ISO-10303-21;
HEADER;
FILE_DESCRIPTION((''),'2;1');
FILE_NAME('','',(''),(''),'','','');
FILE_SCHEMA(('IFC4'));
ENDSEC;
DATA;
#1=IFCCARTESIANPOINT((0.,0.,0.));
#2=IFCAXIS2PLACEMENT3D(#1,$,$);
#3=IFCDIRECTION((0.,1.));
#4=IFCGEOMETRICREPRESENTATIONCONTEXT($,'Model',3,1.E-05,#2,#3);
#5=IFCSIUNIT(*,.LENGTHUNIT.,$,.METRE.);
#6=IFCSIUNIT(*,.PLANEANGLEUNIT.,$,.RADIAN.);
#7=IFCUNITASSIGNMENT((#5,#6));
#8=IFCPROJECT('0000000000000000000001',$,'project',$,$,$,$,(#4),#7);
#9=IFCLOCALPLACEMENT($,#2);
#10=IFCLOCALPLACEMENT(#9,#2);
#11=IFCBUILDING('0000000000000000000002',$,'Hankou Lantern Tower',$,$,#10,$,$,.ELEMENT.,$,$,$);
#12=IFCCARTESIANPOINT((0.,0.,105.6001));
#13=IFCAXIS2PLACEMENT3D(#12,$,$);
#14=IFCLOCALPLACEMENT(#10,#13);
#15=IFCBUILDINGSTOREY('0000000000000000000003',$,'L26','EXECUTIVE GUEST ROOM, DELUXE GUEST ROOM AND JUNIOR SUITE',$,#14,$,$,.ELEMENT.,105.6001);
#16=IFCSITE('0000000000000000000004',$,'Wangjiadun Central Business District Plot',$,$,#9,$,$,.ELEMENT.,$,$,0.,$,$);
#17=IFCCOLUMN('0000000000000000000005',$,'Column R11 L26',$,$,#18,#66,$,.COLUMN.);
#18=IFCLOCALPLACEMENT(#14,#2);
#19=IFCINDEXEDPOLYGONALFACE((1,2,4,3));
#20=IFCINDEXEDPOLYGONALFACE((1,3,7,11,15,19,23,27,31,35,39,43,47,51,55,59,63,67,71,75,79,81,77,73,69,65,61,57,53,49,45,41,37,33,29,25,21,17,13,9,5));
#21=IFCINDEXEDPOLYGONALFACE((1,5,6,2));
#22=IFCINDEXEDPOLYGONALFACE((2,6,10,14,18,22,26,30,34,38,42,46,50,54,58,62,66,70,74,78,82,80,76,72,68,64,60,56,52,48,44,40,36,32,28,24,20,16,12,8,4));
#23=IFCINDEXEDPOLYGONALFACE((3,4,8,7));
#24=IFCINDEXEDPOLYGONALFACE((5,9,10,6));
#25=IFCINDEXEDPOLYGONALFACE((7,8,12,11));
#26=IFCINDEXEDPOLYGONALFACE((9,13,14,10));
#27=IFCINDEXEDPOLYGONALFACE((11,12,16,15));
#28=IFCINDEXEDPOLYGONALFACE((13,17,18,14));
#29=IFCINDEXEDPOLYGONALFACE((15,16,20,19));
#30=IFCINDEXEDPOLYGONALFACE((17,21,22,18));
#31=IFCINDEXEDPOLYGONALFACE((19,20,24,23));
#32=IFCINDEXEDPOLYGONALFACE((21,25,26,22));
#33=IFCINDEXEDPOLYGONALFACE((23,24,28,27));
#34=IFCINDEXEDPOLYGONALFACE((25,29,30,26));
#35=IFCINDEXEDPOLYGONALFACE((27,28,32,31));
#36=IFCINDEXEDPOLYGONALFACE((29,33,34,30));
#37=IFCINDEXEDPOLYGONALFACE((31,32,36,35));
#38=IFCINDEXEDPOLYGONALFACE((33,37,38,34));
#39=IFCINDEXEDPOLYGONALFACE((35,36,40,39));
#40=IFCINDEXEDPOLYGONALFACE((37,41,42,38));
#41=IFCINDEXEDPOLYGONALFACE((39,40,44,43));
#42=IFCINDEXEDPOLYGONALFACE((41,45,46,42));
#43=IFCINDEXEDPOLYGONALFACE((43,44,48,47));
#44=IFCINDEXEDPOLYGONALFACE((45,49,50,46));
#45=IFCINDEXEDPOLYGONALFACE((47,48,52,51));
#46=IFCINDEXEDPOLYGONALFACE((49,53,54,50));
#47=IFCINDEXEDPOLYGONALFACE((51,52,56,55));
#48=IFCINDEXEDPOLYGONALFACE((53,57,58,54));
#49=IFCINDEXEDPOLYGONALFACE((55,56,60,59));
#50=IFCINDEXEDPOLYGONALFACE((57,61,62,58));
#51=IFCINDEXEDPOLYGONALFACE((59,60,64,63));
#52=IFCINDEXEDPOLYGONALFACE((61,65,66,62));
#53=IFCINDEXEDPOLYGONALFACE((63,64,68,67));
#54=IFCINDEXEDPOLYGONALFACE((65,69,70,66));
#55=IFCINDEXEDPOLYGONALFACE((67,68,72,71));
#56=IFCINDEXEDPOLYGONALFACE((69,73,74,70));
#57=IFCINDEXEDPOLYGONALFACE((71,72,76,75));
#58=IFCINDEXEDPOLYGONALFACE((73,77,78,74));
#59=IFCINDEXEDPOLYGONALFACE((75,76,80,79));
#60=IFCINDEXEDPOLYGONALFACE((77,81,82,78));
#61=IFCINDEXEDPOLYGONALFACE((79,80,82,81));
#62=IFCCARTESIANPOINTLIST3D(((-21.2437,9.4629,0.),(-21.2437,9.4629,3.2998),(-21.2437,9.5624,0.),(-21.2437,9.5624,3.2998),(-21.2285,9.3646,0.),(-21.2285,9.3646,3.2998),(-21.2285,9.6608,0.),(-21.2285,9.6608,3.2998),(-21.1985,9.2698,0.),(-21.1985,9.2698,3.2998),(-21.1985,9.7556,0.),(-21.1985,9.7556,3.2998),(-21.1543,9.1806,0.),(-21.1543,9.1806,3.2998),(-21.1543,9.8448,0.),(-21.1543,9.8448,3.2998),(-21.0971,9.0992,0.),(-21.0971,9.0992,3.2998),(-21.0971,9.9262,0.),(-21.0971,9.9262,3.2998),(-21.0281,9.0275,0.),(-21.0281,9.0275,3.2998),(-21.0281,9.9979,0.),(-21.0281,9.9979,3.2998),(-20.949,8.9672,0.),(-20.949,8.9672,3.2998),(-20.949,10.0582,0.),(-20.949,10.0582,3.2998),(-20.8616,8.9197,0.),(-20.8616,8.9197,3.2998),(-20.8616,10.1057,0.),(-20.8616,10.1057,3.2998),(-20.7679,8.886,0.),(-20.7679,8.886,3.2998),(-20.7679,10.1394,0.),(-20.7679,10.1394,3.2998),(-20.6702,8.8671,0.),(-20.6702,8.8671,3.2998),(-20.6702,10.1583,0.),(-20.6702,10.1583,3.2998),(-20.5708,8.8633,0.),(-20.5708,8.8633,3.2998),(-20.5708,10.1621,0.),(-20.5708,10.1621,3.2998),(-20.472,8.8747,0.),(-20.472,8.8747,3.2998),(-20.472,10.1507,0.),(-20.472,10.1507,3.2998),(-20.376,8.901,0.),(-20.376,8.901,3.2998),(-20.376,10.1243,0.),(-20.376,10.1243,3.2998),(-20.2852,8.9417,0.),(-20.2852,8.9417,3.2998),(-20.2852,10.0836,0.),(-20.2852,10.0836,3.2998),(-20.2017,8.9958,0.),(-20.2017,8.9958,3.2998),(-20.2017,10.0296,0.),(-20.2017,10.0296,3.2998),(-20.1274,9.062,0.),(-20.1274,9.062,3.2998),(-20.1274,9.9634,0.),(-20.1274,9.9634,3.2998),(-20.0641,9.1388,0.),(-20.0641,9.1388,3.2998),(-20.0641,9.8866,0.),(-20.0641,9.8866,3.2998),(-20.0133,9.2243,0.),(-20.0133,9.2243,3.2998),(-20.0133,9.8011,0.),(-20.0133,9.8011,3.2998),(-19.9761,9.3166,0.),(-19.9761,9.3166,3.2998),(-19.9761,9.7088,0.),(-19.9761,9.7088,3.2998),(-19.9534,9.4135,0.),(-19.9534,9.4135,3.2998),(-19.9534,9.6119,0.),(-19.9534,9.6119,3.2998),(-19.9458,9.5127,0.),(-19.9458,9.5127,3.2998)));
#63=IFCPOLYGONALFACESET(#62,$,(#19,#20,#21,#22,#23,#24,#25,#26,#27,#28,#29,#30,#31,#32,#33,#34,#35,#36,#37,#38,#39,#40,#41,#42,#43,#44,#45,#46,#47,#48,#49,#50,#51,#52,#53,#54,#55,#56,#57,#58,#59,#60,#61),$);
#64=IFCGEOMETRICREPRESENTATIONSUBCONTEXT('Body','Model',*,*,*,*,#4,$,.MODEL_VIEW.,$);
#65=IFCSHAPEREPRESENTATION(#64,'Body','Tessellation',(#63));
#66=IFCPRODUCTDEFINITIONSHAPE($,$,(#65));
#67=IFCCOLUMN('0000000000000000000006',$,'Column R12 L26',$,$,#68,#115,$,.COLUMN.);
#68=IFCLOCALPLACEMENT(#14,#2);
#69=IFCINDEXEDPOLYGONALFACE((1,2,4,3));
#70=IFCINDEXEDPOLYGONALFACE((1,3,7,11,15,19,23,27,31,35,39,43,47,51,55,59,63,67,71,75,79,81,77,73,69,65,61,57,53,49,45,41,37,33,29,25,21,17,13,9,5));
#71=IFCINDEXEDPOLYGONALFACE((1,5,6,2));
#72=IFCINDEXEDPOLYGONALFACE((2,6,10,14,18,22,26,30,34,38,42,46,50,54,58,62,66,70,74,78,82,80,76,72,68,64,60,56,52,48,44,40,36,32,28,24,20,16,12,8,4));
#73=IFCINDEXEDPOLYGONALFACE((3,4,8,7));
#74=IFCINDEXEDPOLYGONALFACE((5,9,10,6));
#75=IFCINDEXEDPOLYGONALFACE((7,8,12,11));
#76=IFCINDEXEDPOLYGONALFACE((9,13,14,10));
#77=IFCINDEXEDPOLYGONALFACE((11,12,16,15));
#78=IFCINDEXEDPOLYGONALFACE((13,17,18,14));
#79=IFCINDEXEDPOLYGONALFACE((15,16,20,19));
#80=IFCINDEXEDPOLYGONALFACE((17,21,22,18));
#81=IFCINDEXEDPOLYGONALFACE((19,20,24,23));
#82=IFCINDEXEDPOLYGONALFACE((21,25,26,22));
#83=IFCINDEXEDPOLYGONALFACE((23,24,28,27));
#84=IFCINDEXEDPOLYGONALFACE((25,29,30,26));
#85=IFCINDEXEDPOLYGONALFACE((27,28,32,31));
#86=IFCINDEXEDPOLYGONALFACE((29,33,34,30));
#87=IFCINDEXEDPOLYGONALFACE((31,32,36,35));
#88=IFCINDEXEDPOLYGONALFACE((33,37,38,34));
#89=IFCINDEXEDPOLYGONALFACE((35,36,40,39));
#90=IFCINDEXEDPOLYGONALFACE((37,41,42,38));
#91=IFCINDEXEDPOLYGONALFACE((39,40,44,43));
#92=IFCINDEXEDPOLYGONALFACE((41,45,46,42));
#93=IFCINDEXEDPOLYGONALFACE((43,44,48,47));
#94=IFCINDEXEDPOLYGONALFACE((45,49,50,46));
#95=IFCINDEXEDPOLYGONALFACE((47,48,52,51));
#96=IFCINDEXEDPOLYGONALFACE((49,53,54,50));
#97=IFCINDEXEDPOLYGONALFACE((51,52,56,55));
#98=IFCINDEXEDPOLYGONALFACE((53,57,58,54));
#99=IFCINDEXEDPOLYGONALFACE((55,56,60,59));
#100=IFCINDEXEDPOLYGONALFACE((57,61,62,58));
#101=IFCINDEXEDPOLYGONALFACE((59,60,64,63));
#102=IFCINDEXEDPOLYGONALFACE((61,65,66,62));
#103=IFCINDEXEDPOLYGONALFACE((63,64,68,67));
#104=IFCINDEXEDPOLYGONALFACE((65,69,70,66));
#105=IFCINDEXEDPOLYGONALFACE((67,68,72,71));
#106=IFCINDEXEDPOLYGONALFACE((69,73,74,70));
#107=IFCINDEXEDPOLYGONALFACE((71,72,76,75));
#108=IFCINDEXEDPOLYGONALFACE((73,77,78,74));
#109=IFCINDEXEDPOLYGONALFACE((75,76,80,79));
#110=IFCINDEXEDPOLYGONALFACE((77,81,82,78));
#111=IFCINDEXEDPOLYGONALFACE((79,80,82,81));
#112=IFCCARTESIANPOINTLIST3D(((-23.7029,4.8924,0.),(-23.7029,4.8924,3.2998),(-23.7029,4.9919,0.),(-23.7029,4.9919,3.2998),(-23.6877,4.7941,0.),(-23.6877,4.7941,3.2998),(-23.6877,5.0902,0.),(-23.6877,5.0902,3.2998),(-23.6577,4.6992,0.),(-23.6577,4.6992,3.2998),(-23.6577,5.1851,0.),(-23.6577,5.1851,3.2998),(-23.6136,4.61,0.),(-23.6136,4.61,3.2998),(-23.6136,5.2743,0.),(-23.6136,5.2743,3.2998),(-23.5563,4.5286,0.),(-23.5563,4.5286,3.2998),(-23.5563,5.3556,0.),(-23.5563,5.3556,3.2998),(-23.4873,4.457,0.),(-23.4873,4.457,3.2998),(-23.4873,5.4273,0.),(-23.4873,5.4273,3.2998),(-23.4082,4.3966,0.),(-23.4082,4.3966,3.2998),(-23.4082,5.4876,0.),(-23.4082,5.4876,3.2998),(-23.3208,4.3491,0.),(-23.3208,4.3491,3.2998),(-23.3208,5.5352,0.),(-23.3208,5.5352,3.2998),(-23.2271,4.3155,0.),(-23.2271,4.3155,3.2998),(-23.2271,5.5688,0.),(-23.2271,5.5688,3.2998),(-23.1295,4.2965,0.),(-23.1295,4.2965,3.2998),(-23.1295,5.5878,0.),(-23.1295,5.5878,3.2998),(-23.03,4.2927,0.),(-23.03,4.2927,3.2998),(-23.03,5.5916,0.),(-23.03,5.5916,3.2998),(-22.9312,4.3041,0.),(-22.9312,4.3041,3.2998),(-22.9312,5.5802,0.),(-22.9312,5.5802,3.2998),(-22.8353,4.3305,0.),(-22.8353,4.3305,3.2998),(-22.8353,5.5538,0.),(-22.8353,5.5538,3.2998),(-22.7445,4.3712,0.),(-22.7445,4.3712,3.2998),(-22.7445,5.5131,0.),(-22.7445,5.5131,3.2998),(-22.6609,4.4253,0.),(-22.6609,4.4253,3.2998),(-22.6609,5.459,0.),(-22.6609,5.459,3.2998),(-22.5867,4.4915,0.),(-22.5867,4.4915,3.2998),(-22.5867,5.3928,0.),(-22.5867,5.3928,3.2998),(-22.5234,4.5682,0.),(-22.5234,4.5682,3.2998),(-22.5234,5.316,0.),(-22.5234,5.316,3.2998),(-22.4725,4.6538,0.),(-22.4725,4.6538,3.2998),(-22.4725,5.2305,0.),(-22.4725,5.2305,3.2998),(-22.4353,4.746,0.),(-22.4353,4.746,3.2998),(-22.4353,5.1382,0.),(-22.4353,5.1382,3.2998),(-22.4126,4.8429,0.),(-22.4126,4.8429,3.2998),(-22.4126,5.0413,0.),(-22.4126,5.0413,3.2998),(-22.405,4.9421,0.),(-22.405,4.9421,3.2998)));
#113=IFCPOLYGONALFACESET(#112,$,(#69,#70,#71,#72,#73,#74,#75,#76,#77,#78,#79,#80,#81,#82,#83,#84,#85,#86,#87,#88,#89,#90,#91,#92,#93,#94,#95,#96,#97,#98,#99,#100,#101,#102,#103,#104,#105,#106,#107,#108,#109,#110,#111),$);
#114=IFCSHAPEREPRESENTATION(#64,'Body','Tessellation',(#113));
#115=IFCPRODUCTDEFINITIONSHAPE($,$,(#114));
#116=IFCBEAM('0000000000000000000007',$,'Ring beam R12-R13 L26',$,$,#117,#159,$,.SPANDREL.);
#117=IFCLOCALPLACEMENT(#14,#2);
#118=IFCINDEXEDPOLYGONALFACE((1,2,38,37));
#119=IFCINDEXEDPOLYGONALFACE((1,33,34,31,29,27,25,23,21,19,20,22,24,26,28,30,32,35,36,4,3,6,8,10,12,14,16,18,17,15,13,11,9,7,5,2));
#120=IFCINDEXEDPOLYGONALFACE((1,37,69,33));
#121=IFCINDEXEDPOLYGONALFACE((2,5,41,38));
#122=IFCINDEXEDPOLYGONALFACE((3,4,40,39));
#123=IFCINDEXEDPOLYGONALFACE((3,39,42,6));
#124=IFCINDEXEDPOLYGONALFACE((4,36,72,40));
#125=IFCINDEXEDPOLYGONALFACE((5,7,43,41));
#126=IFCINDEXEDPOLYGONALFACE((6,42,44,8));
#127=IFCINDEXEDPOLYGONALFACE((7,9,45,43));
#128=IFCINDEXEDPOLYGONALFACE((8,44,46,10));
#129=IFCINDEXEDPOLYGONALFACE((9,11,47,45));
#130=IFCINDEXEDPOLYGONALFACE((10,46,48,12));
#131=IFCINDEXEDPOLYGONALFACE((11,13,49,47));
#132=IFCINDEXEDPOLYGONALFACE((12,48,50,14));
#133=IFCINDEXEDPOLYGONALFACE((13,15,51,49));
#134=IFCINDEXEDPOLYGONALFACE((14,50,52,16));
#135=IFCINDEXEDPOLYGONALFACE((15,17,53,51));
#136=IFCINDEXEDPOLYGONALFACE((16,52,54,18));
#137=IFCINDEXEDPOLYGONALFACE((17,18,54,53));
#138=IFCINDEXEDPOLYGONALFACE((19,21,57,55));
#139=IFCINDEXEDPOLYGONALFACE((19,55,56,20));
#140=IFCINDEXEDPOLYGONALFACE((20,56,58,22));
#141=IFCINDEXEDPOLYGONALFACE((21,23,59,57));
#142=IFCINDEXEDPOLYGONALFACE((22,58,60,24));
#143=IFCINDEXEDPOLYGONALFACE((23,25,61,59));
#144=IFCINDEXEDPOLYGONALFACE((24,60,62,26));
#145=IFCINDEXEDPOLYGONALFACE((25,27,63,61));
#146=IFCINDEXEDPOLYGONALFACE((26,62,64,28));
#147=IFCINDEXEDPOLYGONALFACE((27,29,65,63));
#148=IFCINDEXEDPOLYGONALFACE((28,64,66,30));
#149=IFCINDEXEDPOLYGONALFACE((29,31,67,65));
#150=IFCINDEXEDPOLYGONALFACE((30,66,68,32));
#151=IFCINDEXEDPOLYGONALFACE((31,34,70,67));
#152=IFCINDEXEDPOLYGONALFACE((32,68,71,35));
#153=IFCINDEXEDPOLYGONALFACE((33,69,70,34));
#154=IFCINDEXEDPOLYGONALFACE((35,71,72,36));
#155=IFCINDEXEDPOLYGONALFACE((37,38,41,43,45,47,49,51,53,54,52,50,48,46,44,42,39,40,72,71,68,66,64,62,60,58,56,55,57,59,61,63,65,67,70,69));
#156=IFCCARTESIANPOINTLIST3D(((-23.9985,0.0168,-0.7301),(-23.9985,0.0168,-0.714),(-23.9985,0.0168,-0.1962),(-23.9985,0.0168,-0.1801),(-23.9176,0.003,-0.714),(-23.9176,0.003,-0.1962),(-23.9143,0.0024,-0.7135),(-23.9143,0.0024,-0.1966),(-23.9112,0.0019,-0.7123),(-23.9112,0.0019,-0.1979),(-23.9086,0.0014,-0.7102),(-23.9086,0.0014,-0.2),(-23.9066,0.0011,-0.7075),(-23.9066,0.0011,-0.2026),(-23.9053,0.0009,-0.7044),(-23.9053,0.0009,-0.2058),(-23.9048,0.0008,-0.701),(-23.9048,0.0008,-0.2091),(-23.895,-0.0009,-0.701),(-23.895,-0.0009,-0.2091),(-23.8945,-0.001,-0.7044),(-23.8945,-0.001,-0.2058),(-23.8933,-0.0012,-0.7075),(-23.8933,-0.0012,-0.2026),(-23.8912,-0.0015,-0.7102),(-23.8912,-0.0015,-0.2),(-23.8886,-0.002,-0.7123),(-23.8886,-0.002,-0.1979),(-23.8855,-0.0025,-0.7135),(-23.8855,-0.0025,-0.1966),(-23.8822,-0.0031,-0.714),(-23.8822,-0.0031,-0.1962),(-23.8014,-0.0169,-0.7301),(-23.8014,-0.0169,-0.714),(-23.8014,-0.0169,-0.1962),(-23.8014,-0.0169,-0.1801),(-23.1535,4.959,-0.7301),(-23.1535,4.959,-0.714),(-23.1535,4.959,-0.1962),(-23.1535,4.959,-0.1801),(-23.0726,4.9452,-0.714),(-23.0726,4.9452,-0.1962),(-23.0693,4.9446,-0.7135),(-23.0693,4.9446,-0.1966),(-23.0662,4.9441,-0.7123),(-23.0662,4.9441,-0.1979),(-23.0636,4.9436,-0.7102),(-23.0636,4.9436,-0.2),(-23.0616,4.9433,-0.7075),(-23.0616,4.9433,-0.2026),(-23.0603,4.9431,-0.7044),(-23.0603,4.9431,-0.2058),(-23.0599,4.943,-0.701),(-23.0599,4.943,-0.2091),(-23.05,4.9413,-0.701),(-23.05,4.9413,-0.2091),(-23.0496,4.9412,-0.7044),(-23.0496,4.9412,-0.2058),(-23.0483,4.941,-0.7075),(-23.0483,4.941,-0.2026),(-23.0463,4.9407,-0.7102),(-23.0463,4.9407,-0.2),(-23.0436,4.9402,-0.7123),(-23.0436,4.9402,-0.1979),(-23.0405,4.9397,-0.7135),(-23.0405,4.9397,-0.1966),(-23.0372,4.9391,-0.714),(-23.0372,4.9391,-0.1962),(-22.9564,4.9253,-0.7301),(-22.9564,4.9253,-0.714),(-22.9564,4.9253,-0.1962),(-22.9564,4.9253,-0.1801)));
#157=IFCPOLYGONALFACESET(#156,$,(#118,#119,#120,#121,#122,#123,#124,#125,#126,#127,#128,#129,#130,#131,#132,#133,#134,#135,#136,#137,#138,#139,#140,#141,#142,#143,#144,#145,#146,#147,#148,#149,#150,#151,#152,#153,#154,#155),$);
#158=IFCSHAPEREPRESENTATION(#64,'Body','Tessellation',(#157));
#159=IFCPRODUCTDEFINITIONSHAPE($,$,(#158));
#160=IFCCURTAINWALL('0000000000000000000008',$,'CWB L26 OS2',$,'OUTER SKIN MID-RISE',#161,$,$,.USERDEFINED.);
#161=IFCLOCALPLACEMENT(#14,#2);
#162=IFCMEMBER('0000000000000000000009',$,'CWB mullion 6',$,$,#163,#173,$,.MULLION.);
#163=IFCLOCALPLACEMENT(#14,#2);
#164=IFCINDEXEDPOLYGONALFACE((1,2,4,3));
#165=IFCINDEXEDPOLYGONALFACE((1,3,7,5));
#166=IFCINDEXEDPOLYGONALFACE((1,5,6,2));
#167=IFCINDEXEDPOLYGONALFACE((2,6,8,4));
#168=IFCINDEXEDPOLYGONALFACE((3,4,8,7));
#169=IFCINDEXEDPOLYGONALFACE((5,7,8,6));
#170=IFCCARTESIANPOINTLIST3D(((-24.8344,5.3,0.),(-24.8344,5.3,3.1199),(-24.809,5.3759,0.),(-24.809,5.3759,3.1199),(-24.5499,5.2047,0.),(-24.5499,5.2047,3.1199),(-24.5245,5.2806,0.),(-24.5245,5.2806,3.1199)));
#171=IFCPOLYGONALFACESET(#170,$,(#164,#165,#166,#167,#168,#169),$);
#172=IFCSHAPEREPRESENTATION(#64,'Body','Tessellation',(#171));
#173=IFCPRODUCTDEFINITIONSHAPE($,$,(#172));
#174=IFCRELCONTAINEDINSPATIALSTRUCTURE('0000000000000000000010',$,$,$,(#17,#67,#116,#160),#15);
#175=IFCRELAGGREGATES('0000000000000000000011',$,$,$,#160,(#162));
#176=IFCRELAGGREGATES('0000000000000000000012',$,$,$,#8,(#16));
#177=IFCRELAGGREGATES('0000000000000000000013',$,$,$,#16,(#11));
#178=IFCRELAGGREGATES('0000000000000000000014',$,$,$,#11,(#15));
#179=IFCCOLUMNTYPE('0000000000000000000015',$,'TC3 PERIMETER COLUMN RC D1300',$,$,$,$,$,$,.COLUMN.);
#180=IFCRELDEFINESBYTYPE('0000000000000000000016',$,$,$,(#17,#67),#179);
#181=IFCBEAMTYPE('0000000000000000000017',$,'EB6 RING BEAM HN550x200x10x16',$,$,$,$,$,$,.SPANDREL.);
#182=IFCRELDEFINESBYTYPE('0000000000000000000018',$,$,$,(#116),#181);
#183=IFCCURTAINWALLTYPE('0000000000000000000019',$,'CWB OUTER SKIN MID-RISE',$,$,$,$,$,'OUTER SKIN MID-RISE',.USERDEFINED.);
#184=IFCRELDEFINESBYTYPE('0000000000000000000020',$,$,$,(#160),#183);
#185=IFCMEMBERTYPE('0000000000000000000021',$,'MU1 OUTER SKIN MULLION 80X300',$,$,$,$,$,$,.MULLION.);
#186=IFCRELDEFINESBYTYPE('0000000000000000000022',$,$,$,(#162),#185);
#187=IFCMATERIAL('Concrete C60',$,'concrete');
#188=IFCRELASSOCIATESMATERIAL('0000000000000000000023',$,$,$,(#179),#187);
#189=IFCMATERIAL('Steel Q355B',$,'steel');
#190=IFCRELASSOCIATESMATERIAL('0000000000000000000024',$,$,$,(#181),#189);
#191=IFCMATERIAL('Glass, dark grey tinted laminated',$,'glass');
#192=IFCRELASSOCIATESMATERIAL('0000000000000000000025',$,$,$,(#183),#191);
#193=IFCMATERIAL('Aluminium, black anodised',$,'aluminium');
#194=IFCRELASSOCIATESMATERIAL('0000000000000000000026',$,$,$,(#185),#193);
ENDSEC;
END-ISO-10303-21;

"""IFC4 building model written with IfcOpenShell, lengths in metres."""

from ifc_helpers import new_model, si_unit, direction, frame, origin, origin_2d, place, context, subcontext, project, spatial, rectangle, circle, i_section, extrude, material, material_profile, profile_set, type_object, element, aggregate, save


model = new_model("IFC4")

# Units and contexts
model_context = context("Model", 3, precision=1e-05, world=origin(), true_north=direction((0.0, 1.0)))
body_context = subcontext(model_context, "Body", "Model", "MODEL_VIEW")
ifc_project = project(units=[si_unit("LENGTHUNIT", "METRE"), si_unit("PLANEANGLEUNIT", "RADIAN")], contexts=[model_context])

# Site, building, storey
site_placement = place(None, origin())
site = spatial("IfcSite", under=ifc_project, at=site_placement, Name="Wangjiadun Central Business District Plot", CompositionType="ELEMENT", RefElevation=0.0)
building_placement = place(site_placement, origin())
building = spatial("IfcBuilding", under=site, at=building_placement, Name="Hankou Lantern Tower", CompositionType="ELEMENT")
storey_placement = place(building_placement, frame((0.0, 0.0, 105.6001)))
storey = spatial("IfcBuildingStorey", under=building, at=storey_placement, Name="L26", Description="EXECUTIVE GUEST ROOM, DELUXE GUEST ROOM AND JUNIOR SUITE", CompositionType="ELEMENT", Elevation=105.6001)

# Columns
ifc_material_1 = material(Name="Concrete C60", Category="concrete")
ifc_material_profile_1 = material_profile(ifc_material_1, circle(Radius=0.6499, at=origin_2d()), Name="RC D1300")
ifc_profile_set_1 = profile_set([ifc_material_profile_1], Name="Concrete C60")
column_type = type_object("IfcColumnType", Name="TC3 PERIMETER COLUMN RC D1300", PredefinedType="COLUMN", material=ifc_profile_set_1)
for number, where, z_axis, x_axis, name in (
    (1, (-20.5957, 9.5127, 0.0), (0.0, 0.0, 1.0), (1.0, 0.0, 0.0), "Column R11 L26"),
    (2, (-23.0549, 4.9421, 0.0), (0.0, 0.0, 1.0), (1.0, 0.0, 0.0), "Column R12 L26"),
):
    element("IfcColumn", number, at=place(storey_placement, frame(where, z_axis=z_axis, x_axis=x_axis)), inside=storey, type_object=column_type, Name=name, PredefinedType="COLUMN", context=body_context, shape_type="SweptSolid", body=[
        extrude(circle(Radius=0.6499, at=origin_2d()), origin(), (0.0, 0.0, 1.0), 3.2998),
    ])

# Beam
ifc_material_2 = material(Name="Steel Q355B", Category="steel")
ifc_material_profile_2 = material_profile(ifc_material_2, i_section(OverallWidth=0.2, OverallDepth=0.55, WebThickness=0.01, FlangeThickness=0.0161, FilletRadius=0.0129, at=origin_2d()), Name="HN550x200x10x16")
ifc_profile_set_2 = profile_set([ifc_material_profile_2], Name="Steel Q355B")
beam_type_1 = type_object("IfcBeamType", Name="EB6 RING BEAM HN550x200x10x16", PredefinedType="SPANDREL", material=ifc_profile_set_2)
beam_1_placement = place(storey_placement, frame((-23.0549, 4.9421, -0.4551), z_axis=(-0.168527, -0.985697, 0.0), x_axis=(0.985697, -0.168527, 0.0)))
element("IfcBeam", 3, at=beam_1_placement, inside=storey, type_object=beam_type_1, Name="Ring beam R12-R13 L26", PredefinedType="SPANDREL", context=body_context, shape_type="SweptSolid", body=[
    extrude(i_section(OverallWidth=0.2, OverallDepth=0.55, WebThickness=0.01, FlangeThickness=0.0161, FilletRadius=0.0129, at=origin_2d()), origin(), (0.0, 0.0, 1.0), 5.0139),
])

# Curtain wall, member
ifc_material_3 = material(Name="Glass, dark grey tinted laminated", Category="glass")
curtain_wall_type = type_object("IfcCurtainWallType", Name="CWB OUTER SKIN MID-RISE", ElementType="OUTER SKIN MID-RISE", PredefinedType="USERDEFINED", material=ifc_material_3)
curtain_wall_placement = place(storey_placement, origin())
curtain_wall = element("IfcCurtainWall", 4, at=curtain_wall_placement, inside=storey, type_object=curtain_wall_type, Name="CWB L26 OS2", ObjectType="OUTER SKIN MID-RISE", PredefinedType="USERDEFINED")
ifc_material_4 = material(Name="Aluminium, black anodised", Category="aluminium")
ifc_material_profile_3 = material_profile(ifc_material_4, rectangle(XDim=0.0801, YDim=0.3, at=origin_2d()), Name="MU1 80X300")
ifc_profile_set_3 = profile_set([ifc_material_profile_3], Name="Aluminium, black anodised")
member_type_1 = type_object("IfcMemberType", Name="MU1 OUTER SKIN MULLION 80X300", PredefinedType="MULLION", material=ifc_profile_set_3)
member_1_placement = place(storey_placement, frame((-24.6794, 5.2903, 0.0), z_axis=(0.0, 0.0, 1.0), x_axis=(-0.317596, -0.948226, 0.0)))
member_1 = element("IfcMember", 5, at=member_1_placement, type_object=member_type_1, Name="CWB mullion 6", PredefinedType="MULLION", context=body_context, shape_type="SweptSolid", body=[
    extrude(rectangle(XDim=0.0801, YDim=0.3, at=origin_2d()), origin(), (0.0, 0.0, 1.0), 3.1199),
])

aggregate(curtain_wall, [member_1])

save(model, "model.ifc")
